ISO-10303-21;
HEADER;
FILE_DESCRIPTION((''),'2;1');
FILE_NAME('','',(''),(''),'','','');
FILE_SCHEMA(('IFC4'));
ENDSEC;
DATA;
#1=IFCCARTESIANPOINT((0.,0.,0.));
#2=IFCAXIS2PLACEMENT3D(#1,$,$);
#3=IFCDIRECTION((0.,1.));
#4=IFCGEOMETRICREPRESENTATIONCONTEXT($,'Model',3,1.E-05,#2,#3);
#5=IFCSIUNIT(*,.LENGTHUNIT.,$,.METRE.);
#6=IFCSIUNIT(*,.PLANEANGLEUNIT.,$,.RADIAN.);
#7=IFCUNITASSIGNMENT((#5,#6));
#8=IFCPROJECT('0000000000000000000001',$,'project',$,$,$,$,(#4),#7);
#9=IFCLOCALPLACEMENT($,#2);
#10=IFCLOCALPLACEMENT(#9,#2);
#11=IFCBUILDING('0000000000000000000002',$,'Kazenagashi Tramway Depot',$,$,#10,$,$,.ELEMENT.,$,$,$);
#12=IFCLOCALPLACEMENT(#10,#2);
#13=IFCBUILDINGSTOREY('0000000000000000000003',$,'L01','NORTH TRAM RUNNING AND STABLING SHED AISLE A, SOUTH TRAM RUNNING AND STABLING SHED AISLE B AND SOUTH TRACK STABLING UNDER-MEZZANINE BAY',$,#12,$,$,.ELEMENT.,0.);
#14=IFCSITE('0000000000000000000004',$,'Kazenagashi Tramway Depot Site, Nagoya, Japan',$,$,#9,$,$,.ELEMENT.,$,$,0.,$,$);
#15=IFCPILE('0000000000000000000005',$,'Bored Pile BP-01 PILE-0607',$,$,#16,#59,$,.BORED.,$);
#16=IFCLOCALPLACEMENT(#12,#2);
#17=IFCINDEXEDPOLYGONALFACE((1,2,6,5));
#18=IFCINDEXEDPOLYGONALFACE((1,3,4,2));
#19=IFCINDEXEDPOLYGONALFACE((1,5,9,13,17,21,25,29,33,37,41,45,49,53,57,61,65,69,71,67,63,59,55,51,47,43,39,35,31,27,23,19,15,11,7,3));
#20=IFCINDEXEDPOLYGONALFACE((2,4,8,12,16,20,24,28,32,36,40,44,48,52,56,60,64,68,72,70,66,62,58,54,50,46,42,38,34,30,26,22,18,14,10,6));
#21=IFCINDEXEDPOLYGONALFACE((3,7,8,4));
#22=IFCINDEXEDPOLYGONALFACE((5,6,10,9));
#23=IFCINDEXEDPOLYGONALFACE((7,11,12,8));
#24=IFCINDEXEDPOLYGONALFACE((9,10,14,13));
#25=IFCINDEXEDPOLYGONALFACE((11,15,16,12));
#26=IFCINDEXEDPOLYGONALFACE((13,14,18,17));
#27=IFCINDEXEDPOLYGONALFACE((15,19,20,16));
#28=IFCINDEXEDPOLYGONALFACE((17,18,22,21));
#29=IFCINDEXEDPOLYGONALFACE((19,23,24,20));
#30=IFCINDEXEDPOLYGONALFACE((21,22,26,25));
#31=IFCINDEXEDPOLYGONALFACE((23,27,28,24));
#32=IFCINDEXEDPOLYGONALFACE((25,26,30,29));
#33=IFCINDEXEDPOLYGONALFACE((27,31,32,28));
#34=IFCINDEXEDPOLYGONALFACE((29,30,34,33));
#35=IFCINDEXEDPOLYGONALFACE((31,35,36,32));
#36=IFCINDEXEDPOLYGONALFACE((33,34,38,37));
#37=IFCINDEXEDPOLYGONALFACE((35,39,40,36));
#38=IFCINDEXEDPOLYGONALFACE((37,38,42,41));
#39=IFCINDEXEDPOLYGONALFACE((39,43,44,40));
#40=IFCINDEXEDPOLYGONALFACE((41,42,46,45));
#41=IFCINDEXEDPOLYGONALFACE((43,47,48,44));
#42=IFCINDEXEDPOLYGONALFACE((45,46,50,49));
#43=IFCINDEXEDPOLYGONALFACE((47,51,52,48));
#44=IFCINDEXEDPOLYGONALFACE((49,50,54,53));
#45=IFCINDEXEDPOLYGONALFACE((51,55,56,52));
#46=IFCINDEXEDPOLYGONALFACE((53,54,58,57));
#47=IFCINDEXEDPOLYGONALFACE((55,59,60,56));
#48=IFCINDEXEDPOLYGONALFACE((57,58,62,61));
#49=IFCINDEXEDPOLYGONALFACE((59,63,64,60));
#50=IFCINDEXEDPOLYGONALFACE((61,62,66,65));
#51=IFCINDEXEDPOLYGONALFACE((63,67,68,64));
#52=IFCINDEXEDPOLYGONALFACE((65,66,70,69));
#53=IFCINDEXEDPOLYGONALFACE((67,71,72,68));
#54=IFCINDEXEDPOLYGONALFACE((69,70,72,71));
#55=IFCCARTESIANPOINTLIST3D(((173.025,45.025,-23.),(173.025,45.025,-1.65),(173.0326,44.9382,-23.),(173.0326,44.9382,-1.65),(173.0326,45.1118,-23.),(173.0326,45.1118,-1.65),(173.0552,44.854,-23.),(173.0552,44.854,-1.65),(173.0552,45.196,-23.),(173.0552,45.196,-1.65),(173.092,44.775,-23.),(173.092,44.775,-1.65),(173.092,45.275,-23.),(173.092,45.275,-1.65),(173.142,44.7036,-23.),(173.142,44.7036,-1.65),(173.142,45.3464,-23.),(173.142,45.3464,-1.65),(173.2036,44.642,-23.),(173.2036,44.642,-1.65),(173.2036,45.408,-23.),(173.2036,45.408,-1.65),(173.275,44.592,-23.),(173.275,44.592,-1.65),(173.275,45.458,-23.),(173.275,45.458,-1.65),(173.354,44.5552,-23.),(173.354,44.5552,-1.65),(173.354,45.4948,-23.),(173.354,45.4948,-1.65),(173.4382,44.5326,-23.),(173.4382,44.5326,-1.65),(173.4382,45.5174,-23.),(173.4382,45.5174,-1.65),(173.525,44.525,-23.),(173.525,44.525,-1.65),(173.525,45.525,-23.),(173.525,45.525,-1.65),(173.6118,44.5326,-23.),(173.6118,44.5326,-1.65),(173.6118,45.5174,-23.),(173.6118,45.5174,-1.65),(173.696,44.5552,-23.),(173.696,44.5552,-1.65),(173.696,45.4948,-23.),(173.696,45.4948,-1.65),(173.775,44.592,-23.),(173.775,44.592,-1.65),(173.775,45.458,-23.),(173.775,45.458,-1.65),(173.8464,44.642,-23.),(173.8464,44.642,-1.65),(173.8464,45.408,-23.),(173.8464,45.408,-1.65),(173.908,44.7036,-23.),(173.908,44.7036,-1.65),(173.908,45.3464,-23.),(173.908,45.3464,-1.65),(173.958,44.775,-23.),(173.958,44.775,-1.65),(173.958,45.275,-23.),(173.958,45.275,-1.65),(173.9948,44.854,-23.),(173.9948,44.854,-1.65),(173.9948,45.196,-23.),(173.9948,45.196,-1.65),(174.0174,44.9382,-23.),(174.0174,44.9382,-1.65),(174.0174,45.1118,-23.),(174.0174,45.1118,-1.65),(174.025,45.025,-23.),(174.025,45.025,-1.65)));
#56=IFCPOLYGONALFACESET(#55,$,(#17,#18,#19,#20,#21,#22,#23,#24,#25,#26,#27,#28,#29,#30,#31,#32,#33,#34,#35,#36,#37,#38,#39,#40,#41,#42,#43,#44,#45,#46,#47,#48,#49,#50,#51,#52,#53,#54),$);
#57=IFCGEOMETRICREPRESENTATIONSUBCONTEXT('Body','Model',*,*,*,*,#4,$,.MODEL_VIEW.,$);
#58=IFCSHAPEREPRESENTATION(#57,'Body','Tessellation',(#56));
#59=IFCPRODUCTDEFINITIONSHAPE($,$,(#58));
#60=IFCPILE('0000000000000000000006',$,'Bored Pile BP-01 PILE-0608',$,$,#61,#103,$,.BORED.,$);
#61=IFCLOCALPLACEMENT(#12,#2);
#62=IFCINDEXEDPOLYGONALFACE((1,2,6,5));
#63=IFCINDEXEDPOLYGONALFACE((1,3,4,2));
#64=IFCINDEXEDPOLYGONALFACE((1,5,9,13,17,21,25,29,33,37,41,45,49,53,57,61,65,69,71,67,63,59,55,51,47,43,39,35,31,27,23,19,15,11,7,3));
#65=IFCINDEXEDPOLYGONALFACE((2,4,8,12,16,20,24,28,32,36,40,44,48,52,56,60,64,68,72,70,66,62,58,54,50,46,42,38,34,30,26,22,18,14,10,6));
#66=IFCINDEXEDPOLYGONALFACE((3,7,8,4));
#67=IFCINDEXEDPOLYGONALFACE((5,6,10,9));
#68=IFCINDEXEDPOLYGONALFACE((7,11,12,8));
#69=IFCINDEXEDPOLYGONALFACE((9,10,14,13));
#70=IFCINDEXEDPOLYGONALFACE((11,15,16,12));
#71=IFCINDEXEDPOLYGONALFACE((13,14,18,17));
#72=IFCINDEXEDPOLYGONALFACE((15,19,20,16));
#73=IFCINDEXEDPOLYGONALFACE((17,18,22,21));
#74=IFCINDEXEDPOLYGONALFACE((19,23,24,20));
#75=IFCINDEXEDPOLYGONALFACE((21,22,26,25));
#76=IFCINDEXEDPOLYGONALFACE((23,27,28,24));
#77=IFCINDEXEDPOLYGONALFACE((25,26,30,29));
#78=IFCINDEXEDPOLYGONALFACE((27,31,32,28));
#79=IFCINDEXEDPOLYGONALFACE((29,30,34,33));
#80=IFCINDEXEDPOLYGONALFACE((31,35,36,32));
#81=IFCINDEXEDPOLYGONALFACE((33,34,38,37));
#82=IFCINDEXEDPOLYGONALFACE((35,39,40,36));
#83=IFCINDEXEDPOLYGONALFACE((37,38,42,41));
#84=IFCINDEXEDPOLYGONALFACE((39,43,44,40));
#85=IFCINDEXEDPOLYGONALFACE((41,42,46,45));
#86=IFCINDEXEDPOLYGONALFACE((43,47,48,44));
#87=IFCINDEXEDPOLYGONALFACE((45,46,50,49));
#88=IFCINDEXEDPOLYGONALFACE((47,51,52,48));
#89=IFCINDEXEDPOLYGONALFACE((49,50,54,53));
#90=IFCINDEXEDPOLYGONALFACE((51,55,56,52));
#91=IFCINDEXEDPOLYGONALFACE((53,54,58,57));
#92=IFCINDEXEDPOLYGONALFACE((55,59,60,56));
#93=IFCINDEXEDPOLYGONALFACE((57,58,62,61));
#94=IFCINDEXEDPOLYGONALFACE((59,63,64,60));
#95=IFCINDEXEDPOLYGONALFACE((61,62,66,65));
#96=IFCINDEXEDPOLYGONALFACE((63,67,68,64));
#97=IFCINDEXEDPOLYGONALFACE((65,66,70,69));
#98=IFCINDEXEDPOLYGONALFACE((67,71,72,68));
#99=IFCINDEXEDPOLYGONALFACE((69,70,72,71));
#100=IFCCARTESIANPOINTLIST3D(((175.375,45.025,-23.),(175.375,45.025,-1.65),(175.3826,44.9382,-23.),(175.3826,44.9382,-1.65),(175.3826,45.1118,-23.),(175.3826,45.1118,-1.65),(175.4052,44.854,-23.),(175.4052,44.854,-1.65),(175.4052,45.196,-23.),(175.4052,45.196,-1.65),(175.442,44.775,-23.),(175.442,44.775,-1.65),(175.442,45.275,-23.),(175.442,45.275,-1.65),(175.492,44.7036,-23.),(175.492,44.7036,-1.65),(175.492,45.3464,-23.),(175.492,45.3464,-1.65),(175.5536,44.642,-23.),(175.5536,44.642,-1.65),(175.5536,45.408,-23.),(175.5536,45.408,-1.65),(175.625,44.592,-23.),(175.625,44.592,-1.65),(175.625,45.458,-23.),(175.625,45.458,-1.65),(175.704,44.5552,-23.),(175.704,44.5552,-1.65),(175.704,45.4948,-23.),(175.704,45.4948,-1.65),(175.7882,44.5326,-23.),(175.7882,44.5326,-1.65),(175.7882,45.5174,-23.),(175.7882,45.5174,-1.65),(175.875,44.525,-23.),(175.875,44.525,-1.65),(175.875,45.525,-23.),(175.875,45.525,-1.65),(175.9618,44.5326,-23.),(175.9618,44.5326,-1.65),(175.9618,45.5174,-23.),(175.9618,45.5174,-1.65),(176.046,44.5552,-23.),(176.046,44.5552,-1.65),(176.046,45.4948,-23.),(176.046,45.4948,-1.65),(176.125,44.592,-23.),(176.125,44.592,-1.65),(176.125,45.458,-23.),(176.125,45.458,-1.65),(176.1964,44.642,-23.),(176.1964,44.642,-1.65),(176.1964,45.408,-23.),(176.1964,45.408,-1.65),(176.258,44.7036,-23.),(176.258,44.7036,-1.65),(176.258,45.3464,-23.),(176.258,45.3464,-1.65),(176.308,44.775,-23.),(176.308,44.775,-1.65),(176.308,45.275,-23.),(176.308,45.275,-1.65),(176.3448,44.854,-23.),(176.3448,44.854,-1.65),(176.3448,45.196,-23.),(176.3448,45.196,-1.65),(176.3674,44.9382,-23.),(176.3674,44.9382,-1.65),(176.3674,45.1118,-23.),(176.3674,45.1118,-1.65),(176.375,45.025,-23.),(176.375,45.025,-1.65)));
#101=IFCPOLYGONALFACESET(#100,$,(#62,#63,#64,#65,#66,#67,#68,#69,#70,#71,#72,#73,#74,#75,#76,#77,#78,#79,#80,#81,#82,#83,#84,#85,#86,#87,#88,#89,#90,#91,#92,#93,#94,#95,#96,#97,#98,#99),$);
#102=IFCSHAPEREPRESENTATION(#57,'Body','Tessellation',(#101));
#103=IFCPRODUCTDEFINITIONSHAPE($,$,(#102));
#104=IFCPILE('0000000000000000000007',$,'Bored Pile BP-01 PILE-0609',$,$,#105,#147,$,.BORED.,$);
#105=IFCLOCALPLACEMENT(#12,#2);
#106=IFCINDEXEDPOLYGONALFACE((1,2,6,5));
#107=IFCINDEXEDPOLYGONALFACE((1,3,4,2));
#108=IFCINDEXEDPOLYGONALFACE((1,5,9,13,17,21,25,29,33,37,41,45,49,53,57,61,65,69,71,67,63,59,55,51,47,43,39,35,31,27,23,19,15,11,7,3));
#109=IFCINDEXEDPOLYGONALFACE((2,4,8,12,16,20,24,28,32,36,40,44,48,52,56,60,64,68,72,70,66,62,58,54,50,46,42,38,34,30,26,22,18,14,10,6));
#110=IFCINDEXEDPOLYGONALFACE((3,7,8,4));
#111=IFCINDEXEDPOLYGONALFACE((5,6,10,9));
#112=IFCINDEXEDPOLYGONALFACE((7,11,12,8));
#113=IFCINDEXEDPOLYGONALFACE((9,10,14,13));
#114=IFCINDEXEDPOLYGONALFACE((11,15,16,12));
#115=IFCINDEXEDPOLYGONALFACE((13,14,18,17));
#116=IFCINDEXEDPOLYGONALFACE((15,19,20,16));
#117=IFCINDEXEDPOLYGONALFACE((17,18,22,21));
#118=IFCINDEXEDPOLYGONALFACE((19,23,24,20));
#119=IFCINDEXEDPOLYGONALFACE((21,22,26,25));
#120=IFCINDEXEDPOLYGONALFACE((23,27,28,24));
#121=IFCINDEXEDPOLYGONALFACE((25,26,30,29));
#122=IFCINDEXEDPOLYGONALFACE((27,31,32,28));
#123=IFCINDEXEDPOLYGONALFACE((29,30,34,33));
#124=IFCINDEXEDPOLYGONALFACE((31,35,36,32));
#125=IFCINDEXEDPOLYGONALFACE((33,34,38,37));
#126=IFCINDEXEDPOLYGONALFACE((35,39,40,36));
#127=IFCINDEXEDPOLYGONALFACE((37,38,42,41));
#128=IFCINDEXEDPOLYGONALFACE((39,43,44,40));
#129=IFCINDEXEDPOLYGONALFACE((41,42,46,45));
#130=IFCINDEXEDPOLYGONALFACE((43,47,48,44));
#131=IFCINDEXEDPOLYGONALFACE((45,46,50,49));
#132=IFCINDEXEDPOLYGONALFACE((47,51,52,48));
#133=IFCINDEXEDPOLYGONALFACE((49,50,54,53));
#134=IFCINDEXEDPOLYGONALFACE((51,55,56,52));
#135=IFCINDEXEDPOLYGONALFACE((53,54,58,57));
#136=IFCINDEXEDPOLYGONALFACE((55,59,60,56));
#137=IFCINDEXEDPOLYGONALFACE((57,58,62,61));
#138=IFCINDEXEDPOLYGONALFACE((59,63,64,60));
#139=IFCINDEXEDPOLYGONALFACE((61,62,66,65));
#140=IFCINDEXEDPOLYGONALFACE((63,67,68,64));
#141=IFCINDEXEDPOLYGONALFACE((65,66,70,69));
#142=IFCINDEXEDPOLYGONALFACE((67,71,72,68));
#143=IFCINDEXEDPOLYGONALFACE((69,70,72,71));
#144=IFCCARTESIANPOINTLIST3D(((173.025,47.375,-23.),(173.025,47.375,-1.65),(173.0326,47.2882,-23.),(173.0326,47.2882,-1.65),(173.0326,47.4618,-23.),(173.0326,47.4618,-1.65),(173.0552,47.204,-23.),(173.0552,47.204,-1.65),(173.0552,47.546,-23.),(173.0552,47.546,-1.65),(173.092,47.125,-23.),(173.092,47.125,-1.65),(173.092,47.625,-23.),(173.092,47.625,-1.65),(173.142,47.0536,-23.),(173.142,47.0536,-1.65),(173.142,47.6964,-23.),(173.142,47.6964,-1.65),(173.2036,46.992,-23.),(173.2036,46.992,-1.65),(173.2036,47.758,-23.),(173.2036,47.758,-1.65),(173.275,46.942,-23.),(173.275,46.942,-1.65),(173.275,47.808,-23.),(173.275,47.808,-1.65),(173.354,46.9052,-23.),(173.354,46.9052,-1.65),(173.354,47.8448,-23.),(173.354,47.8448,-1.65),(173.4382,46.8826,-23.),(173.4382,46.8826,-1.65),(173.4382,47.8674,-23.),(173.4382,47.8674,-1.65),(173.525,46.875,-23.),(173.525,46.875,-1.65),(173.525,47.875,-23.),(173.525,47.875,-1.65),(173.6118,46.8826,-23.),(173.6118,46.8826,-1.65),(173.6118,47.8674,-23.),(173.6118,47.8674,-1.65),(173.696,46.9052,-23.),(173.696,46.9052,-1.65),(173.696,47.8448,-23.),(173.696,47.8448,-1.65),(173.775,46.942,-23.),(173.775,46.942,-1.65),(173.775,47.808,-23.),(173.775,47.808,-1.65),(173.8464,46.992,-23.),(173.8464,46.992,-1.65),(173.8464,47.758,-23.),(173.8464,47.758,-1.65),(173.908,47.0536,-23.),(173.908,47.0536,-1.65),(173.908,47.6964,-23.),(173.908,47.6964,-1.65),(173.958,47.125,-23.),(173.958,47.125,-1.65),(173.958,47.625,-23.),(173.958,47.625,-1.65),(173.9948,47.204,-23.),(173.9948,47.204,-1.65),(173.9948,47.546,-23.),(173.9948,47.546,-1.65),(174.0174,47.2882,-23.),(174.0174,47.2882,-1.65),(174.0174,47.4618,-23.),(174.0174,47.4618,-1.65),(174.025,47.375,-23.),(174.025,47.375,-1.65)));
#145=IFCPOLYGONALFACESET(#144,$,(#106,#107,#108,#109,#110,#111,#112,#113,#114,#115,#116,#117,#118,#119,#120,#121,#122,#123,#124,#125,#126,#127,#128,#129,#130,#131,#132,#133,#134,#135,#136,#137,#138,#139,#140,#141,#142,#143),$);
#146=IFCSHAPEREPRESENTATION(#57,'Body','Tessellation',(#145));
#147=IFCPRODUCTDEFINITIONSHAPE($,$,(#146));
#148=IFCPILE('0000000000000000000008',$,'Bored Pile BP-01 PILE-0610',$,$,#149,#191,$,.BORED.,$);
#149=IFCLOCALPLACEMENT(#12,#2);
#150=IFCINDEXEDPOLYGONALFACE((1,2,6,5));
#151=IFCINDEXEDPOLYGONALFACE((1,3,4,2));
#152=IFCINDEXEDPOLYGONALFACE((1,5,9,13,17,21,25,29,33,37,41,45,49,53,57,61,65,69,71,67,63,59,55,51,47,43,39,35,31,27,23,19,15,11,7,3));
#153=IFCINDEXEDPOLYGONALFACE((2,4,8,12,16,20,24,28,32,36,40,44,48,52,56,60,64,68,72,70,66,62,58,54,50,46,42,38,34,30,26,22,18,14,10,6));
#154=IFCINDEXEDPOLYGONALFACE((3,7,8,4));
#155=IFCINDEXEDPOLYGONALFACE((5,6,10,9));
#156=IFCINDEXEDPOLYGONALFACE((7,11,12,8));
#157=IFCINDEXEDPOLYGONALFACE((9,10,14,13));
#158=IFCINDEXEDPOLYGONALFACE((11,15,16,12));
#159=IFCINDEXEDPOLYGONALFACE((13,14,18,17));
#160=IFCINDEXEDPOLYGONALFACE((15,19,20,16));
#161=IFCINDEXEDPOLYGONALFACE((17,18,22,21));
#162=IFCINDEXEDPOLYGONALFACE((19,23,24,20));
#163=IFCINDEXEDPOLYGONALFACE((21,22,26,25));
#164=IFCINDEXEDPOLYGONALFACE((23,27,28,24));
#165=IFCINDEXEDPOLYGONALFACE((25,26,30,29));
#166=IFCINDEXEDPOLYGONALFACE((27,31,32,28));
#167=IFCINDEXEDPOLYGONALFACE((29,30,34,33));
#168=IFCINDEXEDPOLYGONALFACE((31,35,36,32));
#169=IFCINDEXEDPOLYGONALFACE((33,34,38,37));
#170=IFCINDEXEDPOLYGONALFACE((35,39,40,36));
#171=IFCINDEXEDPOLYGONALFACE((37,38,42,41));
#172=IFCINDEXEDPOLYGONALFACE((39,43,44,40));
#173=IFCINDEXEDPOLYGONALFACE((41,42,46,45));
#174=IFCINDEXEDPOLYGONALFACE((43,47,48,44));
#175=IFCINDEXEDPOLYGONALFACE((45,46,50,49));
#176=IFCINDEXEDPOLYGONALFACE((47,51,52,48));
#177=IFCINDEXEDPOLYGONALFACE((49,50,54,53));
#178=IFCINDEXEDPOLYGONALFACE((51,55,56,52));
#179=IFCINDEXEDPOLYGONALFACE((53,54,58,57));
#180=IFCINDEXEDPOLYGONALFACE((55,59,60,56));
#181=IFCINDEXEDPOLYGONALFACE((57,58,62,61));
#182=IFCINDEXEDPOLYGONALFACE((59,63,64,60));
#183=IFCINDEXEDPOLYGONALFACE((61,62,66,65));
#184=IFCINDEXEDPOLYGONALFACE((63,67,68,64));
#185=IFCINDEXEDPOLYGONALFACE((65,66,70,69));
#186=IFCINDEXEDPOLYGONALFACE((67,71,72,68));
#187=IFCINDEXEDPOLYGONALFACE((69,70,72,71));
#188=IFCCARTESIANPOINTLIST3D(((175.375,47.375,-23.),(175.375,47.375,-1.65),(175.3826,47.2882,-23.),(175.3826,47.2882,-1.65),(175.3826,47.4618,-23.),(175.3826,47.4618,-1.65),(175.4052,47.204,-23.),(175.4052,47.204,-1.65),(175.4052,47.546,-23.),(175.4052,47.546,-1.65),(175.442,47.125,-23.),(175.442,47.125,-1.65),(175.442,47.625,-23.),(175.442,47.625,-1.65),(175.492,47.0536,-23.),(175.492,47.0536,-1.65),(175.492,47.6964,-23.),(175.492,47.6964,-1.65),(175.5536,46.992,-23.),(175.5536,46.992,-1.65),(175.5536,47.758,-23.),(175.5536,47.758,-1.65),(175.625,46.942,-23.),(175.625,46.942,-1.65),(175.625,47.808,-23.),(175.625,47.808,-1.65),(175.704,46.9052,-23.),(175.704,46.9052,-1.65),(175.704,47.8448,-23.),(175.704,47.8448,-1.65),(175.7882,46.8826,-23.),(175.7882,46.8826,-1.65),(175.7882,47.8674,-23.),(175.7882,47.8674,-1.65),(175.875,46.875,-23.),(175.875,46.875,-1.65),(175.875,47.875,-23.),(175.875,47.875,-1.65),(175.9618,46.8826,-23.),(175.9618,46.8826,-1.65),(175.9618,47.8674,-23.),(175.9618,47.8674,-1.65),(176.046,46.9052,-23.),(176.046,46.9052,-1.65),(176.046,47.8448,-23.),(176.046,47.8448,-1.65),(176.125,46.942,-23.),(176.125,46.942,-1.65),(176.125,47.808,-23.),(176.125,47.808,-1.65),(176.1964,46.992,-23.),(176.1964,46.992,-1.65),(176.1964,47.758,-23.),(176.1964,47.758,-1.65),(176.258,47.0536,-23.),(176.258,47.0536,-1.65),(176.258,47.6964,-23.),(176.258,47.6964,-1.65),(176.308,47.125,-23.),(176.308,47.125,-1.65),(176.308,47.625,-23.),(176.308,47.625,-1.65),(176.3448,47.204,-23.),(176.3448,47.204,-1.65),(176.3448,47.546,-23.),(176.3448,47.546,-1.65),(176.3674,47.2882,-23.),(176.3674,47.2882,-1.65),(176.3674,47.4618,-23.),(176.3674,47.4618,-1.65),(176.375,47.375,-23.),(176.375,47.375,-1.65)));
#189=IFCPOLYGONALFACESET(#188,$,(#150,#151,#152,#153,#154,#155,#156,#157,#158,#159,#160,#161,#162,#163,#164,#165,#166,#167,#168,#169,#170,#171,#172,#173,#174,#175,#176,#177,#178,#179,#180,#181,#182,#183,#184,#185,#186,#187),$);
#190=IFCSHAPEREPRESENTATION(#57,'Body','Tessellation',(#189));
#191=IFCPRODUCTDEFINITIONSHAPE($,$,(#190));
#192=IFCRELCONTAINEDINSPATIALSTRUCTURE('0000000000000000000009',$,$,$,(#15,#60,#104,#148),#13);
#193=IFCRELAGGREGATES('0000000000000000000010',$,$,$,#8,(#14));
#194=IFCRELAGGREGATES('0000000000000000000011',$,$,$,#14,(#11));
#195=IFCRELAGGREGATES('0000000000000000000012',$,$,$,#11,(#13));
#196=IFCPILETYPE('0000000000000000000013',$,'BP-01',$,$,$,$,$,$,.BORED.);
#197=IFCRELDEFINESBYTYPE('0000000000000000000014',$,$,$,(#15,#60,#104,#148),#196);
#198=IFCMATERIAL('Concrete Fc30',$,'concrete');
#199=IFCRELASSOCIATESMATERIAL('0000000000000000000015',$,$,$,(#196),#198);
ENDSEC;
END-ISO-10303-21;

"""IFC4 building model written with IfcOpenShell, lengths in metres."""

from ifc_helpers import new_model, si_unit, direction, frame, origin, origin_2d, place, context, subcontext, project, spatial, circle, extrude, material, material_profile, profile_set, type_object, element, save


model = new_model("IFC4")

# Units and contexts
model_context = context("Model", 3, precision=1e-05, world=origin(), true_north=direction((0.0, 1.0)))
body_context = subcontext(model_context, "Body", "Model", "MODEL_VIEW")
ifc_project = project(units=[si_unit("LENGTHUNIT", "METRE"), si_unit("PLANEANGLEUNIT", "RADIAN")], contexts=[model_context])

# Site, building, storey
site_placement = place(None, origin())
site = spatial("IfcSite", under=ifc_project, at=site_placement, Name="Kazenagashi Tramway Depot Site, Nagoya, Japan", CompositionType="ELEMENT", RefElevation=0.0)
building_placement = place(site_placement, origin())
building = spatial("IfcBuilding", under=site, at=building_placement, Name="Kazenagashi Tramway Depot", CompositionType="ELEMENT")
storey_placement = place(building_placement, origin())
storey = spatial("IfcBuildingStorey", under=building, at=storey_placement, Name="L01", Description="NORTH TRAM RUNNING AND STABLING SHED AISLE A, SOUTH TRAM RUNNING AND STABLING SHED AISLE B AND SOUTH TRACK STABLING UNDER-MEZZANINE BAY", CompositionType="ELEMENT", Elevation=0.0)

# Piles
ifc_material_1 = material(Name="Concrete Fc30", Category="concrete")
ifc_material_profile_1 = material_profile(ifc_material_1, circle(Radius=0.5, at=origin_2d()), Name="PILE-1000")
ifc_profile_set_1 = profile_set([ifc_material_profile_1], Name="Concrete Fc30")
pile_type = type_object("IfcPileType", Name="BP-01", PredefinedType="BORED", material=ifc_profile_set_1)
for number, where, z_axis, x_axis, name in (
    (1, (173.525, 45.025, -1.65), (0.0, 0.0, -1.0), (1.0, 0.0, 0.0), "Bored Pile BP-01 PILE-0607"),
    (2, (175.875, 45.025, -1.65), (0.0, 0.0, -1.0), (1.0, 0.0, 0.0), "Bored Pile BP-01 PILE-0608"),
    (3, (173.525, 47.375, -1.65), (0.0, 0.0, -1.0), (1.0, 0.0, 0.0), "Bored Pile BP-01 PILE-0609"),
    (4, (175.875, 47.375, -1.65), (0.0, 0.0, -1.0), (1.0, 0.0, 0.0), "Bored Pile BP-01 PILE-0610"),
):
    element("IfcPile", number, at=place(storey_placement, frame(where, z_axis=z_axis, x_axis=x_axis)), inside=storey, type_object=pile_type, Name=name, PredefinedType="BORED", context=body_context, shape_type="SweptSolid", body=[
        extrude(circle(Radius=0.5, at=origin_2d()), origin(), (0.0, 0.0, 1.0), 21.35),
    ])

save(model, "model.ifc")
